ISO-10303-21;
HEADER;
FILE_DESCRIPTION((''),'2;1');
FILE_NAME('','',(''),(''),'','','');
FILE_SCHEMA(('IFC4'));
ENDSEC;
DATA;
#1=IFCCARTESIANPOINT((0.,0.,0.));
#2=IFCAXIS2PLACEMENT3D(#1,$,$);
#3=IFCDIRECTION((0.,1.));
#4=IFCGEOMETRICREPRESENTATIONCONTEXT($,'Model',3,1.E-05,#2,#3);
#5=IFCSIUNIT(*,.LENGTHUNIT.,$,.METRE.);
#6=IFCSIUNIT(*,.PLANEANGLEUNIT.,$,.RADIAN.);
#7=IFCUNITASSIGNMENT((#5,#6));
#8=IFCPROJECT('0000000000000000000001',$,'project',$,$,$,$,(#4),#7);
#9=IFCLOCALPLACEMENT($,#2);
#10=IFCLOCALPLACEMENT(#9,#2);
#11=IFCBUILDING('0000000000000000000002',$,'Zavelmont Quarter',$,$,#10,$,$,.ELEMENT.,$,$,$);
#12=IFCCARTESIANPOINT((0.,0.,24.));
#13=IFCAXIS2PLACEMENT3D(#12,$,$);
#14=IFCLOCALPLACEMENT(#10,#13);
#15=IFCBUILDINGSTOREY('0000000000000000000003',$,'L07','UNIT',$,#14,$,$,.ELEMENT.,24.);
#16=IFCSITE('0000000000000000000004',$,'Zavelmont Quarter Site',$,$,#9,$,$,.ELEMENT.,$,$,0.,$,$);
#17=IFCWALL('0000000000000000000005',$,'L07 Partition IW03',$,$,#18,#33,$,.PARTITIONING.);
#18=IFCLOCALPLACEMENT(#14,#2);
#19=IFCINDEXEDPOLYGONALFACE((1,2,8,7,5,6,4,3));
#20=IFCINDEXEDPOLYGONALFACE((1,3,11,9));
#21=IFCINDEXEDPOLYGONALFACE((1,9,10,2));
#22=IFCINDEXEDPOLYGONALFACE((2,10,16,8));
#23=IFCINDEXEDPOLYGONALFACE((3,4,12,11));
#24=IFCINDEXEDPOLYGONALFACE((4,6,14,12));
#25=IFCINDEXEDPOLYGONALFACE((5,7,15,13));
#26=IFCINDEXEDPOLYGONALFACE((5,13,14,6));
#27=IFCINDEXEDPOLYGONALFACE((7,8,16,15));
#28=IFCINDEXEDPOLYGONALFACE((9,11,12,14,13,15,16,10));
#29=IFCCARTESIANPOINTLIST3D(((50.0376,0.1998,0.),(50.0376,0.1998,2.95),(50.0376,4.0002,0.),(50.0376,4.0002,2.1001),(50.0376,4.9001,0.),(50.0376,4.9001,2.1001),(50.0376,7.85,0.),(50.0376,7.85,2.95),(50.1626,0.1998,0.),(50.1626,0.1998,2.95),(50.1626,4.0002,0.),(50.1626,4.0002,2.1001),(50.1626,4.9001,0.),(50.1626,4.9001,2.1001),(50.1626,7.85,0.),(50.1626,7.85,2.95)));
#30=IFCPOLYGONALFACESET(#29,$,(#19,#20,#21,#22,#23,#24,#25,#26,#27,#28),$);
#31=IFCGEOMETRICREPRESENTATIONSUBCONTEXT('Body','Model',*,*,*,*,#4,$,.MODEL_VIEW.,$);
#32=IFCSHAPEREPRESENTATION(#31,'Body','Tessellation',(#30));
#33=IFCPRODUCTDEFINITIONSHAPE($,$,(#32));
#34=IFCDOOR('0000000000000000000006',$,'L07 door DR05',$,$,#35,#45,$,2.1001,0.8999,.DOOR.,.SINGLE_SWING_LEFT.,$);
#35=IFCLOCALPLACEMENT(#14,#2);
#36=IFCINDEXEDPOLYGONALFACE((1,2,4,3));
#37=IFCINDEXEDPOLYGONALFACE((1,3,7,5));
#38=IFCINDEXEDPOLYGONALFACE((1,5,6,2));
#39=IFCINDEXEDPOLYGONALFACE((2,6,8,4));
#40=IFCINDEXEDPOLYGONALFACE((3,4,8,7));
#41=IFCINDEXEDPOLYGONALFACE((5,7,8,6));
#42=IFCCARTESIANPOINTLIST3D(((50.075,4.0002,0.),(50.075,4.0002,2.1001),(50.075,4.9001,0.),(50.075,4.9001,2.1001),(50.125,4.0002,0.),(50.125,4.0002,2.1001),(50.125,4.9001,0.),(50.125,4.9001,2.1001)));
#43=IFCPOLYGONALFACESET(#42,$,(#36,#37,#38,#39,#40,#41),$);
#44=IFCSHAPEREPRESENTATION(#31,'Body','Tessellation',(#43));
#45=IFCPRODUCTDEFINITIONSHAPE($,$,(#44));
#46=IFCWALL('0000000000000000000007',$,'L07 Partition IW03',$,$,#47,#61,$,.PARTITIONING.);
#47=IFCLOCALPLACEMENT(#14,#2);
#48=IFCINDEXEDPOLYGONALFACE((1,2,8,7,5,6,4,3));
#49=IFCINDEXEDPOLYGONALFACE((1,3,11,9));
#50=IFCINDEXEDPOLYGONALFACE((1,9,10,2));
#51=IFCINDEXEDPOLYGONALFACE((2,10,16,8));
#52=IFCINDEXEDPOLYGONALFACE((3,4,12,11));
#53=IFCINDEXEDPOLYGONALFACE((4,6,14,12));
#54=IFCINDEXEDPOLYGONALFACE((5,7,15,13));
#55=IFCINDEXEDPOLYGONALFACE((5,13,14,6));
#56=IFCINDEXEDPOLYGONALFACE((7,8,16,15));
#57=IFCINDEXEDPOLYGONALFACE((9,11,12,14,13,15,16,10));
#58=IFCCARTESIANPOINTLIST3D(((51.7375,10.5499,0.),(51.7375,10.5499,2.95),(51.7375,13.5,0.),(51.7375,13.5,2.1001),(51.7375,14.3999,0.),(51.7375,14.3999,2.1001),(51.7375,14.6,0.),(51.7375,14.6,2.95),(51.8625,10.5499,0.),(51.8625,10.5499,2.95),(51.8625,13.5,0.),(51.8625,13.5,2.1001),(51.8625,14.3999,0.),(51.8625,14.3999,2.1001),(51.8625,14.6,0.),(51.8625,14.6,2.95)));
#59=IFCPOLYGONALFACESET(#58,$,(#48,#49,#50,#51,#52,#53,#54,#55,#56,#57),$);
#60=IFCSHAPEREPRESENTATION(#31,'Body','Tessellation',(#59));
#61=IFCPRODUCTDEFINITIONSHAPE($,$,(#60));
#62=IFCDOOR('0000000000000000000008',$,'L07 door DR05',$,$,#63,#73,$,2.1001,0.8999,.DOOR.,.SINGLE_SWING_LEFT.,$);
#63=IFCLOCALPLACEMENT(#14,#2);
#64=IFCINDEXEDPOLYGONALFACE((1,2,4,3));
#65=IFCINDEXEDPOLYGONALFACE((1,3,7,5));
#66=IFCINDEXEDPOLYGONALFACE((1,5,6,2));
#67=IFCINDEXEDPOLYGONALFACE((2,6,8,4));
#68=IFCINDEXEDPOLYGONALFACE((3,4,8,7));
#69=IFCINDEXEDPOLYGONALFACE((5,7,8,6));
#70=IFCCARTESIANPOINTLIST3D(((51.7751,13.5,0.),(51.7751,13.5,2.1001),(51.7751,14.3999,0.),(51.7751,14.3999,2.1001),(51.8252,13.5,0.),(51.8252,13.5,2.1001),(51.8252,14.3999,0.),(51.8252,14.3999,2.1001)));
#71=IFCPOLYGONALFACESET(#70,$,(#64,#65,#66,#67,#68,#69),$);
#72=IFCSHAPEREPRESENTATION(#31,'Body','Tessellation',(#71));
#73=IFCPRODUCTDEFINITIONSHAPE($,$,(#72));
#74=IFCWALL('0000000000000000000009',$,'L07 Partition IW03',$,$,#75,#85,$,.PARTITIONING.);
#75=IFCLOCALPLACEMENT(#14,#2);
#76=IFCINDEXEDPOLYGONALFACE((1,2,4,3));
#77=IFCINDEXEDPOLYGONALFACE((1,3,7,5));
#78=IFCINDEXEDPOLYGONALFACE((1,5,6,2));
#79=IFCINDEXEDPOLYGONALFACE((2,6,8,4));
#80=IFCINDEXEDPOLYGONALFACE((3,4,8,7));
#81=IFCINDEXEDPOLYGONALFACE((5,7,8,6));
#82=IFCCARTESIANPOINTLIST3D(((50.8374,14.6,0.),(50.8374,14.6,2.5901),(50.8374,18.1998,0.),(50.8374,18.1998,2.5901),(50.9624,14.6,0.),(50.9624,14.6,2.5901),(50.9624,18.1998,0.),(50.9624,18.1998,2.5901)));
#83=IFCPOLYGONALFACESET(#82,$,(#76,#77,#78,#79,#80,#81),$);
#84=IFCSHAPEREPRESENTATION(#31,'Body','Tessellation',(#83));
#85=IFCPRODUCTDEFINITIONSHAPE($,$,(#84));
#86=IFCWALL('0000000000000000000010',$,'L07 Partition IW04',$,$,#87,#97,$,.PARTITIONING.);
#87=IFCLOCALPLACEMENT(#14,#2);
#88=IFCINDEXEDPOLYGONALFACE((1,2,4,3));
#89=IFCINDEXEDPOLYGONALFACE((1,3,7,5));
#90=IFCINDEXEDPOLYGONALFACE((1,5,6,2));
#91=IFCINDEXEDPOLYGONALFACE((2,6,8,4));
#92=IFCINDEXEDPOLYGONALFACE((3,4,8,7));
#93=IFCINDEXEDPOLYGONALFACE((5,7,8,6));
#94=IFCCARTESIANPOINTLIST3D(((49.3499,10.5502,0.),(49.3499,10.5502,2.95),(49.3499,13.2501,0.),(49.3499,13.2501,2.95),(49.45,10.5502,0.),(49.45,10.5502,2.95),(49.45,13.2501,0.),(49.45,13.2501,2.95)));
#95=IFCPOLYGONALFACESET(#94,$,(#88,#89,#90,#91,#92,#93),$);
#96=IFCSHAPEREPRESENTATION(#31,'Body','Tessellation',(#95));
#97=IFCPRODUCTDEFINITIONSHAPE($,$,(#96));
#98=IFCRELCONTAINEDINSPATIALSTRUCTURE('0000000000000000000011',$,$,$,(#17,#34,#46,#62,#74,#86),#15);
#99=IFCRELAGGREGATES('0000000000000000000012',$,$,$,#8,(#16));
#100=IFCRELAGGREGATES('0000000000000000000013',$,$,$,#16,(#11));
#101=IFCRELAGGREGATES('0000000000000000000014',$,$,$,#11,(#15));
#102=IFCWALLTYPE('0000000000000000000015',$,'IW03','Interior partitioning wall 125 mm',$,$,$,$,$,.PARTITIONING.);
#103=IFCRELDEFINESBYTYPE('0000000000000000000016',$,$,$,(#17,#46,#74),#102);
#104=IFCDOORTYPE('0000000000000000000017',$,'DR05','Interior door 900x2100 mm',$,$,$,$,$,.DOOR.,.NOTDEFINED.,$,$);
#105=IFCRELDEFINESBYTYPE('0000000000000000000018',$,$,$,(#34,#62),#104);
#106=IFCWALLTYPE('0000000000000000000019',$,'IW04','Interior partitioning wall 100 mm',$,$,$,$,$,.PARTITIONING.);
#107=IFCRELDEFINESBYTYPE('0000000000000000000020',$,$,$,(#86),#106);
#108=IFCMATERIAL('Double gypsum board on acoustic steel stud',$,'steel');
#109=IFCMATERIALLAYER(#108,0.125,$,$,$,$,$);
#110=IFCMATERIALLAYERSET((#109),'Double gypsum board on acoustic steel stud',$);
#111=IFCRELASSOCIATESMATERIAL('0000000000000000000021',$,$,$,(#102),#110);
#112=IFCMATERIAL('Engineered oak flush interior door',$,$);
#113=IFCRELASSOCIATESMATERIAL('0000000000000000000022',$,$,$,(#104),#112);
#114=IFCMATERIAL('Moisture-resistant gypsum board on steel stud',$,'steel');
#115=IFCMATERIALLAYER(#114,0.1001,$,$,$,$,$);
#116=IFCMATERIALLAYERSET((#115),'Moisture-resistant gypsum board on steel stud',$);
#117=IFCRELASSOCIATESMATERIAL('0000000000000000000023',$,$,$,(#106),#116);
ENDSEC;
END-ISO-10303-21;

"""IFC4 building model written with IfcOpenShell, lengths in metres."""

from ifc_helpers import new_model, si_unit, direction, frame, frame_2d, origin, origin_with_axes, place, context, subcontext, project, spatial, rectangle, extrude, material, layer, layer_set, type_object, element, fill, save


model = new_model("IFC4")

# Units and contexts
model_context = context("Model", 3, precision=1e-05, world=origin(), true_north=direction((0.0, 1.0)))
body_context = subcontext(model_context, "Body", "Model", "MODEL_VIEW")
ifc_project = project(units=[si_unit("LENGTHUNIT", "METRE"), si_unit("PLANEANGLEUNIT", "RADIAN")], contexts=[model_context])

# Site, building, storey
site_placement = place(None, origin())
site = spatial("IfcSite", under=ifc_project, at=site_placement, Name="Zavelmont Quarter Site", CompositionType="ELEMENT", RefElevation=0.0)
building_placement = place(site_placement, origin())
building = spatial("IfcBuilding", under=site, at=building_placement, Name="Zavelmont Quarter", CompositionType="ELEMENT")
storey_placement = place(building_placement, frame((0.0, 0.0, 24.0)))
storey = spatial("IfcBuildingStorey", under=building, at=storey_placement, Name="L07", Description="UNIT", CompositionType="ELEMENT", Elevation=24.0)

# Walls, openings, doors
ifc_material_1 = material(Name="Double gypsum board on acoustic steel stud", Category="steel")
ifc_layer_1 = layer(ifc_material_1, 0.125)
ifc_layer_set_1 = layer_set([ifc_layer_1], Name="Double gypsum board on acoustic steel stud")
wall_type_1 = type_object("IfcWallType", Name="IW03", Description="Interior partitioning wall 125 mm", PredefinedType="PARTITIONING", material=ifc_layer_set_1)
wall_1_placement = place(storey_placement, frame((50.1001, 7.8501, 0.0), z_axis=(0.0, 0.0, 1.0), x_axis=(0.0, -1.0, 0.0)))
wall_1 = element("IfcWall", 1, at=wall_1_placement, inside=storey, type_object=wall_type_1, Name="L07 Partition IW03", PredefinedType="PARTITIONING", context=body_context, shape_type="SweptSolid", body=[
    extrude(rectangle(XDim=7.6501, YDim=0.125, at=frame_2d((3.8252, 0.0))), origin(), (0.0, 0.0, 1.0), 2.95),
])
opening_1_placement = place(wall_1_placement, frame((2.95, 0.0, 0.0)))
opening_1 = element("IfcOpeningElement", 2, at=opening_1_placement, cuts=wall_1, PredefinedType="OPENING", context=body_context, shape_type="SweptSolid", body=[
    extrude(rectangle(XDim=0.8999, YDim=2.1001, at=frame_2d((0.45, 1.05))), frame((0.0, 0.0745, 0.0), z_axis=(0.0, -1.0, 0.0), x_axis=(1.0, 0.0, 0.0)), (0.0, 0.0, 1.0), 0.1489),
])
ifc_material_2 = material(Name="Engineered oak flush interior door")
door_type = type_object("IfcDoorType", Name="DR05", Description="Interior door 900x2100 mm", OperationType="NOTDEFINED", PredefinedType="DOOR", material=ifc_material_2)
door_1_placement = place(opening_1_placement, origin_with_axes())
door_1 = element("IfcDoor", 3, at=door_1_placement, inside=storey, type_object=door_type, Name="L07 door DR05", OperationType="SINGLE_SWING_LEFT", OverallHeight=2.1001, OverallWidth=0.8999, PredefinedType="DOOR", context=body_context, shape_type="SweptSolid", body=[
    extrude(rectangle(XDim=0.8999, YDim=2.1001, at=frame_2d((0.45, 1.05))), frame((0.0, 0.0249, 0.0), z_axis=(0.0, -1.0, 0.0), x_axis=(1.0, 0.0, 0.0)), (0.0, 0.0, 1.0), 0.05),
])
fill(opening_1, door_1)
wall_2_placement = place(storey_placement, frame((51.8, 10.55, 0.0), z_axis=(0.0, 0.0, 1.0), x_axis=(0.0, 1.0, 0.0)))
wall_2 = element("IfcWall", 4, at=wall_2_placement, inside=storey, type_object=wall_type_1, Name="L07 Partition IW03", PredefinedType="PARTITIONING", context=body_context, shape_type="SweptSolid", body=[
    extrude(rectangle(XDim=4.05, YDim=0.125, at=frame_2d((2.0249, 0.0))), origin(), (0.0, 0.0, 1.0), 2.95),
])
opening_2_placement = place(wall_2_placement, frame((2.95, 0.0, 0.0)))
opening_2 = element("IfcOpeningElement", 5, at=opening_2_placement, cuts=wall_2, PredefinedType="OPENING", context=body_context, shape_type="SweptSolid", body=[
    extrude(rectangle(XDim=0.8999, YDim=2.1001, at=frame_2d((0.45, 1.05))), frame((0.0, 0.0745, 0.0), z_axis=(0.0, -1.0, 0.0), x_axis=(1.0, 0.0, 0.0)), (0.0, 0.0, 1.0), 0.1489),
])
door_2_placement = place(opening_2_placement, origin_with_axes())
door_2 = element("IfcDoor", 6, at=door_2_placement, inside=storey, type_object=door_type, Name="L07 door DR05", OperationType="SINGLE_SWING_LEFT", OverallHeight=2.1001, OverallWidth=0.8999, PredefinedType="DOOR", context=body_context, shape_type="SweptSolid", body=[
    extrude(rectangle(XDim=0.8999, YDim=2.1001, at=frame_2d((0.45, 1.05))), frame((0.0, 0.0249, 0.0), z_axis=(0.0, -1.0, 0.0), x_axis=(1.0, 0.0, 0.0)), (0.0, 0.0, 1.0), 0.05),
])
fill(opening_2, door_2)

# Walls
wall_3_placement = place(storey_placement, frame((50.8999, 14.6001, 0.0), z_axis=(0.0, 0.0, 1.0), x_axis=(0.0, 1.0, 0.0)))
element("IfcWall", 7, at=wall_3_placement, inside=storey, type_object=wall_type_1, Name="L07 Partition IW03", PredefinedType="PARTITIONING", context=body_context, shape_type="SweptSolid", body=[
    extrude(rectangle(XDim=3.5999, YDim=0.125, at=frame_2d((1.7998, 0.0))), origin(), (0.0, 0.0, 1.0), 2.5901),
])
ifc_material_3 = material(Name="Moisture-resistant gypsum board on steel stud", Category="steel")
ifc_layer_2 = layer(ifc_material_3, 0.1001)
ifc_layer_set_2 = layer_set([ifc_layer_2], Name="Moisture-resistant gypsum board on steel stud")
wall_type_2 = type_object("IfcWallType", Name="IW04", Description="Interior partitioning wall 100 mm", PredefinedType="PARTITIONING", material=ifc_layer_set_2)
wall_4_placement = place(storey_placement, frame((49.3999, 10.55, 0.0), z_axis=(0.0, 0.0, 1.0), x_axis=(0.0, 1.0, 0.0)))
element("IfcWall", 8, at=wall_4_placement, inside=storey, type_object=wall_type_2, Name="L07 Partition IW04", PredefinedType="PARTITIONING", context=body_context, shape_type="SweptSolid", body=[
    extrude(rectangle(XDim=2.7, YDim=0.1001, at=frame_2d((1.3501, 0.0))), origin(), (0.0, 0.0, 1.0), 2.95),
])

save(model, "model.ifc")
